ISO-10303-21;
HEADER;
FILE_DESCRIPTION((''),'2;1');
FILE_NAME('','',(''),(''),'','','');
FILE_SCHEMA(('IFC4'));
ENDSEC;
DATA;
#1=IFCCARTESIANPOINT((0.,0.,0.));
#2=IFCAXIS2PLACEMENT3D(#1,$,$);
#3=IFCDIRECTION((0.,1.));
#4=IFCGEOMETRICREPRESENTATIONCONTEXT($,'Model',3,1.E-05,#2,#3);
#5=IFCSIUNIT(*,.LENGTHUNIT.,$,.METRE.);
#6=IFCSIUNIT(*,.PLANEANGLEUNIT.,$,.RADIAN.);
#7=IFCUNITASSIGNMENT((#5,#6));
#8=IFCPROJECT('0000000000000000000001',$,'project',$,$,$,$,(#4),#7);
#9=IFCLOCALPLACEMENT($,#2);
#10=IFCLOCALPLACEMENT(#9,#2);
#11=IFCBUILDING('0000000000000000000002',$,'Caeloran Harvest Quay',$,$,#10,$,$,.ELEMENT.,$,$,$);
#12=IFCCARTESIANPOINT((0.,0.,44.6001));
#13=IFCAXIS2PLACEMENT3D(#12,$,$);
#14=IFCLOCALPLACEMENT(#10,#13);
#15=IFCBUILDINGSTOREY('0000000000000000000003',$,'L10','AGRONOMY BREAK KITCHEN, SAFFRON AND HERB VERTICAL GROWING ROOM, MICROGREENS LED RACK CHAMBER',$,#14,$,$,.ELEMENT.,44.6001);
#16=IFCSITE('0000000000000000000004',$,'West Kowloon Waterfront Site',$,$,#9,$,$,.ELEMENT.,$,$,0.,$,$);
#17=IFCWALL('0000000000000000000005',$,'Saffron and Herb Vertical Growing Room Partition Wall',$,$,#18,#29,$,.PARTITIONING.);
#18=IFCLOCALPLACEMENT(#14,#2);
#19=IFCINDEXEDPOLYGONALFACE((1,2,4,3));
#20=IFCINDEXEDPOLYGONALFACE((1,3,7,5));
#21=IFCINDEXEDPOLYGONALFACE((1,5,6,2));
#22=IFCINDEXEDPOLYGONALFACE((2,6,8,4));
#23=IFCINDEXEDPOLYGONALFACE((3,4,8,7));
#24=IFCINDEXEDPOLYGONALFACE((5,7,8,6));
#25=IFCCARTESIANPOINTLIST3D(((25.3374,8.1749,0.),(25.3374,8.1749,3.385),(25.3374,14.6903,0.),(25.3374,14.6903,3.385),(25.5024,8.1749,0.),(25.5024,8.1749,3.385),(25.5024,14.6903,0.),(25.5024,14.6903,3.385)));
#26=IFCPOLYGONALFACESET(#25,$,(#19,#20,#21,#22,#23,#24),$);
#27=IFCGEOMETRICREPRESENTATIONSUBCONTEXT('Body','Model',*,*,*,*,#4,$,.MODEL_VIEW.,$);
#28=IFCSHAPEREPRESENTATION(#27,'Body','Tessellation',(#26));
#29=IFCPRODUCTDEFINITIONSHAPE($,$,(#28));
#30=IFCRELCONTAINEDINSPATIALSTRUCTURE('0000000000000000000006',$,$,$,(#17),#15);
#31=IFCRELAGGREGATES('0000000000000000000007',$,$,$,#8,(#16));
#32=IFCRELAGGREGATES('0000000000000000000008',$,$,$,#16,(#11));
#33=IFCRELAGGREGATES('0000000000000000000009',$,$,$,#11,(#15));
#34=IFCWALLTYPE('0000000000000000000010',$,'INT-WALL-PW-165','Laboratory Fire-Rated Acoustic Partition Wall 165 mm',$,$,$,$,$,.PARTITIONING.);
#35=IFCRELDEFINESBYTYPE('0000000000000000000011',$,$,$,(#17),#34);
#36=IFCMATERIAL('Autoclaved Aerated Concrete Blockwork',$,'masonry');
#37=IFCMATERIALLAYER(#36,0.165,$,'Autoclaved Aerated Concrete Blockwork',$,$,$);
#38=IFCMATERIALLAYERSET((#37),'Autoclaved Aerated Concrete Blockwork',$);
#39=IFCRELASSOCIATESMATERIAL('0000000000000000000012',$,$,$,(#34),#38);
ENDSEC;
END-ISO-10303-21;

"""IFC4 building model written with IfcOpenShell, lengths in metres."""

from ifc_helpers import new_model, si_unit, direction, frame, frame_2d, origin, place, context, subcontext, project, spatial, rectangle, extrude, material, layer, layer_set, type_object, element, save


model = new_model("IFC4")

# Units and contexts
model_context = context("Model", 3, precision=1e-05, world=origin(), true_north=direction((0.0, 1.0)))
body_context = subcontext(model_context, "Body", "Model", "MODEL_VIEW")
ifc_project = project(units=[si_unit("LENGTHUNIT", "METRE"), si_unit("PLANEANGLEUNIT", "RADIAN")], contexts=[model_context])

# Site, building, storey
site_placement = place(None, origin())
site = spatial("IfcSite", under=ifc_project, at=site_placement, Name="West Kowloon Waterfront Site", CompositionType="ELEMENT", RefElevation=0.0)
building_placement = place(site_placement, origin())
building = spatial("IfcBuilding", under=site, at=building_placement, Name="Caeloran Harvest Quay", CompositionType="ELEMENT")
storey_placement = place(building_placement, frame((0.0, 0.0, 44.6001)))
storey = spatial("IfcBuildingStorey", under=building, at=storey_placement, Name="L10", Description="AGRONOMY BREAK KITCHEN, SAFFRON AND HERB VERTICAL GROWING ROOM, MICROGREENS LED RACK CHAMBER", CompositionType="ELEMENT", Elevation=44.6001)

# Wall
ifc_material_1 = material(Name="Autoclaved Aerated Concrete Blockwork", Category="masonry")
ifc_layer = layer(ifc_material_1, 0.165, Name="Autoclaved Aerated Concrete Blockwork")
ifc_layer_set = layer_set([ifc_layer], Name="Autoclaved Aerated Concrete Blockwork")
wall_type = type_object("IfcWallType", Name="INT-WALL-PW-165", Description="Laboratory Fire-Rated Acoustic Partition Wall 165 mm", PredefinedType="PARTITIONING", material=ifc_layer_set)
wall_placement = place(storey_placement, frame((25.4199, 14.6904, 0.0), z_axis=(0.0, 0.0, 1.0), x_axis=(0.0, -1.0, 0.0)))
element("IfcWall", 1, at=wall_placement, inside=storey, type_object=wall_type, Name="Saffron and Herb Vertical Growing Room Partition Wall", PredefinedType="PARTITIONING", context=body_context, shape_type="SweptSolid", body=[
    extrude(rectangle(XDim=6.5154, YDim=0.165, at=frame_2d((3.2578, 0.0))), origin(), (0.0, 0.0, 1.0), 3.385),
])

save(model, "model.ifc")
